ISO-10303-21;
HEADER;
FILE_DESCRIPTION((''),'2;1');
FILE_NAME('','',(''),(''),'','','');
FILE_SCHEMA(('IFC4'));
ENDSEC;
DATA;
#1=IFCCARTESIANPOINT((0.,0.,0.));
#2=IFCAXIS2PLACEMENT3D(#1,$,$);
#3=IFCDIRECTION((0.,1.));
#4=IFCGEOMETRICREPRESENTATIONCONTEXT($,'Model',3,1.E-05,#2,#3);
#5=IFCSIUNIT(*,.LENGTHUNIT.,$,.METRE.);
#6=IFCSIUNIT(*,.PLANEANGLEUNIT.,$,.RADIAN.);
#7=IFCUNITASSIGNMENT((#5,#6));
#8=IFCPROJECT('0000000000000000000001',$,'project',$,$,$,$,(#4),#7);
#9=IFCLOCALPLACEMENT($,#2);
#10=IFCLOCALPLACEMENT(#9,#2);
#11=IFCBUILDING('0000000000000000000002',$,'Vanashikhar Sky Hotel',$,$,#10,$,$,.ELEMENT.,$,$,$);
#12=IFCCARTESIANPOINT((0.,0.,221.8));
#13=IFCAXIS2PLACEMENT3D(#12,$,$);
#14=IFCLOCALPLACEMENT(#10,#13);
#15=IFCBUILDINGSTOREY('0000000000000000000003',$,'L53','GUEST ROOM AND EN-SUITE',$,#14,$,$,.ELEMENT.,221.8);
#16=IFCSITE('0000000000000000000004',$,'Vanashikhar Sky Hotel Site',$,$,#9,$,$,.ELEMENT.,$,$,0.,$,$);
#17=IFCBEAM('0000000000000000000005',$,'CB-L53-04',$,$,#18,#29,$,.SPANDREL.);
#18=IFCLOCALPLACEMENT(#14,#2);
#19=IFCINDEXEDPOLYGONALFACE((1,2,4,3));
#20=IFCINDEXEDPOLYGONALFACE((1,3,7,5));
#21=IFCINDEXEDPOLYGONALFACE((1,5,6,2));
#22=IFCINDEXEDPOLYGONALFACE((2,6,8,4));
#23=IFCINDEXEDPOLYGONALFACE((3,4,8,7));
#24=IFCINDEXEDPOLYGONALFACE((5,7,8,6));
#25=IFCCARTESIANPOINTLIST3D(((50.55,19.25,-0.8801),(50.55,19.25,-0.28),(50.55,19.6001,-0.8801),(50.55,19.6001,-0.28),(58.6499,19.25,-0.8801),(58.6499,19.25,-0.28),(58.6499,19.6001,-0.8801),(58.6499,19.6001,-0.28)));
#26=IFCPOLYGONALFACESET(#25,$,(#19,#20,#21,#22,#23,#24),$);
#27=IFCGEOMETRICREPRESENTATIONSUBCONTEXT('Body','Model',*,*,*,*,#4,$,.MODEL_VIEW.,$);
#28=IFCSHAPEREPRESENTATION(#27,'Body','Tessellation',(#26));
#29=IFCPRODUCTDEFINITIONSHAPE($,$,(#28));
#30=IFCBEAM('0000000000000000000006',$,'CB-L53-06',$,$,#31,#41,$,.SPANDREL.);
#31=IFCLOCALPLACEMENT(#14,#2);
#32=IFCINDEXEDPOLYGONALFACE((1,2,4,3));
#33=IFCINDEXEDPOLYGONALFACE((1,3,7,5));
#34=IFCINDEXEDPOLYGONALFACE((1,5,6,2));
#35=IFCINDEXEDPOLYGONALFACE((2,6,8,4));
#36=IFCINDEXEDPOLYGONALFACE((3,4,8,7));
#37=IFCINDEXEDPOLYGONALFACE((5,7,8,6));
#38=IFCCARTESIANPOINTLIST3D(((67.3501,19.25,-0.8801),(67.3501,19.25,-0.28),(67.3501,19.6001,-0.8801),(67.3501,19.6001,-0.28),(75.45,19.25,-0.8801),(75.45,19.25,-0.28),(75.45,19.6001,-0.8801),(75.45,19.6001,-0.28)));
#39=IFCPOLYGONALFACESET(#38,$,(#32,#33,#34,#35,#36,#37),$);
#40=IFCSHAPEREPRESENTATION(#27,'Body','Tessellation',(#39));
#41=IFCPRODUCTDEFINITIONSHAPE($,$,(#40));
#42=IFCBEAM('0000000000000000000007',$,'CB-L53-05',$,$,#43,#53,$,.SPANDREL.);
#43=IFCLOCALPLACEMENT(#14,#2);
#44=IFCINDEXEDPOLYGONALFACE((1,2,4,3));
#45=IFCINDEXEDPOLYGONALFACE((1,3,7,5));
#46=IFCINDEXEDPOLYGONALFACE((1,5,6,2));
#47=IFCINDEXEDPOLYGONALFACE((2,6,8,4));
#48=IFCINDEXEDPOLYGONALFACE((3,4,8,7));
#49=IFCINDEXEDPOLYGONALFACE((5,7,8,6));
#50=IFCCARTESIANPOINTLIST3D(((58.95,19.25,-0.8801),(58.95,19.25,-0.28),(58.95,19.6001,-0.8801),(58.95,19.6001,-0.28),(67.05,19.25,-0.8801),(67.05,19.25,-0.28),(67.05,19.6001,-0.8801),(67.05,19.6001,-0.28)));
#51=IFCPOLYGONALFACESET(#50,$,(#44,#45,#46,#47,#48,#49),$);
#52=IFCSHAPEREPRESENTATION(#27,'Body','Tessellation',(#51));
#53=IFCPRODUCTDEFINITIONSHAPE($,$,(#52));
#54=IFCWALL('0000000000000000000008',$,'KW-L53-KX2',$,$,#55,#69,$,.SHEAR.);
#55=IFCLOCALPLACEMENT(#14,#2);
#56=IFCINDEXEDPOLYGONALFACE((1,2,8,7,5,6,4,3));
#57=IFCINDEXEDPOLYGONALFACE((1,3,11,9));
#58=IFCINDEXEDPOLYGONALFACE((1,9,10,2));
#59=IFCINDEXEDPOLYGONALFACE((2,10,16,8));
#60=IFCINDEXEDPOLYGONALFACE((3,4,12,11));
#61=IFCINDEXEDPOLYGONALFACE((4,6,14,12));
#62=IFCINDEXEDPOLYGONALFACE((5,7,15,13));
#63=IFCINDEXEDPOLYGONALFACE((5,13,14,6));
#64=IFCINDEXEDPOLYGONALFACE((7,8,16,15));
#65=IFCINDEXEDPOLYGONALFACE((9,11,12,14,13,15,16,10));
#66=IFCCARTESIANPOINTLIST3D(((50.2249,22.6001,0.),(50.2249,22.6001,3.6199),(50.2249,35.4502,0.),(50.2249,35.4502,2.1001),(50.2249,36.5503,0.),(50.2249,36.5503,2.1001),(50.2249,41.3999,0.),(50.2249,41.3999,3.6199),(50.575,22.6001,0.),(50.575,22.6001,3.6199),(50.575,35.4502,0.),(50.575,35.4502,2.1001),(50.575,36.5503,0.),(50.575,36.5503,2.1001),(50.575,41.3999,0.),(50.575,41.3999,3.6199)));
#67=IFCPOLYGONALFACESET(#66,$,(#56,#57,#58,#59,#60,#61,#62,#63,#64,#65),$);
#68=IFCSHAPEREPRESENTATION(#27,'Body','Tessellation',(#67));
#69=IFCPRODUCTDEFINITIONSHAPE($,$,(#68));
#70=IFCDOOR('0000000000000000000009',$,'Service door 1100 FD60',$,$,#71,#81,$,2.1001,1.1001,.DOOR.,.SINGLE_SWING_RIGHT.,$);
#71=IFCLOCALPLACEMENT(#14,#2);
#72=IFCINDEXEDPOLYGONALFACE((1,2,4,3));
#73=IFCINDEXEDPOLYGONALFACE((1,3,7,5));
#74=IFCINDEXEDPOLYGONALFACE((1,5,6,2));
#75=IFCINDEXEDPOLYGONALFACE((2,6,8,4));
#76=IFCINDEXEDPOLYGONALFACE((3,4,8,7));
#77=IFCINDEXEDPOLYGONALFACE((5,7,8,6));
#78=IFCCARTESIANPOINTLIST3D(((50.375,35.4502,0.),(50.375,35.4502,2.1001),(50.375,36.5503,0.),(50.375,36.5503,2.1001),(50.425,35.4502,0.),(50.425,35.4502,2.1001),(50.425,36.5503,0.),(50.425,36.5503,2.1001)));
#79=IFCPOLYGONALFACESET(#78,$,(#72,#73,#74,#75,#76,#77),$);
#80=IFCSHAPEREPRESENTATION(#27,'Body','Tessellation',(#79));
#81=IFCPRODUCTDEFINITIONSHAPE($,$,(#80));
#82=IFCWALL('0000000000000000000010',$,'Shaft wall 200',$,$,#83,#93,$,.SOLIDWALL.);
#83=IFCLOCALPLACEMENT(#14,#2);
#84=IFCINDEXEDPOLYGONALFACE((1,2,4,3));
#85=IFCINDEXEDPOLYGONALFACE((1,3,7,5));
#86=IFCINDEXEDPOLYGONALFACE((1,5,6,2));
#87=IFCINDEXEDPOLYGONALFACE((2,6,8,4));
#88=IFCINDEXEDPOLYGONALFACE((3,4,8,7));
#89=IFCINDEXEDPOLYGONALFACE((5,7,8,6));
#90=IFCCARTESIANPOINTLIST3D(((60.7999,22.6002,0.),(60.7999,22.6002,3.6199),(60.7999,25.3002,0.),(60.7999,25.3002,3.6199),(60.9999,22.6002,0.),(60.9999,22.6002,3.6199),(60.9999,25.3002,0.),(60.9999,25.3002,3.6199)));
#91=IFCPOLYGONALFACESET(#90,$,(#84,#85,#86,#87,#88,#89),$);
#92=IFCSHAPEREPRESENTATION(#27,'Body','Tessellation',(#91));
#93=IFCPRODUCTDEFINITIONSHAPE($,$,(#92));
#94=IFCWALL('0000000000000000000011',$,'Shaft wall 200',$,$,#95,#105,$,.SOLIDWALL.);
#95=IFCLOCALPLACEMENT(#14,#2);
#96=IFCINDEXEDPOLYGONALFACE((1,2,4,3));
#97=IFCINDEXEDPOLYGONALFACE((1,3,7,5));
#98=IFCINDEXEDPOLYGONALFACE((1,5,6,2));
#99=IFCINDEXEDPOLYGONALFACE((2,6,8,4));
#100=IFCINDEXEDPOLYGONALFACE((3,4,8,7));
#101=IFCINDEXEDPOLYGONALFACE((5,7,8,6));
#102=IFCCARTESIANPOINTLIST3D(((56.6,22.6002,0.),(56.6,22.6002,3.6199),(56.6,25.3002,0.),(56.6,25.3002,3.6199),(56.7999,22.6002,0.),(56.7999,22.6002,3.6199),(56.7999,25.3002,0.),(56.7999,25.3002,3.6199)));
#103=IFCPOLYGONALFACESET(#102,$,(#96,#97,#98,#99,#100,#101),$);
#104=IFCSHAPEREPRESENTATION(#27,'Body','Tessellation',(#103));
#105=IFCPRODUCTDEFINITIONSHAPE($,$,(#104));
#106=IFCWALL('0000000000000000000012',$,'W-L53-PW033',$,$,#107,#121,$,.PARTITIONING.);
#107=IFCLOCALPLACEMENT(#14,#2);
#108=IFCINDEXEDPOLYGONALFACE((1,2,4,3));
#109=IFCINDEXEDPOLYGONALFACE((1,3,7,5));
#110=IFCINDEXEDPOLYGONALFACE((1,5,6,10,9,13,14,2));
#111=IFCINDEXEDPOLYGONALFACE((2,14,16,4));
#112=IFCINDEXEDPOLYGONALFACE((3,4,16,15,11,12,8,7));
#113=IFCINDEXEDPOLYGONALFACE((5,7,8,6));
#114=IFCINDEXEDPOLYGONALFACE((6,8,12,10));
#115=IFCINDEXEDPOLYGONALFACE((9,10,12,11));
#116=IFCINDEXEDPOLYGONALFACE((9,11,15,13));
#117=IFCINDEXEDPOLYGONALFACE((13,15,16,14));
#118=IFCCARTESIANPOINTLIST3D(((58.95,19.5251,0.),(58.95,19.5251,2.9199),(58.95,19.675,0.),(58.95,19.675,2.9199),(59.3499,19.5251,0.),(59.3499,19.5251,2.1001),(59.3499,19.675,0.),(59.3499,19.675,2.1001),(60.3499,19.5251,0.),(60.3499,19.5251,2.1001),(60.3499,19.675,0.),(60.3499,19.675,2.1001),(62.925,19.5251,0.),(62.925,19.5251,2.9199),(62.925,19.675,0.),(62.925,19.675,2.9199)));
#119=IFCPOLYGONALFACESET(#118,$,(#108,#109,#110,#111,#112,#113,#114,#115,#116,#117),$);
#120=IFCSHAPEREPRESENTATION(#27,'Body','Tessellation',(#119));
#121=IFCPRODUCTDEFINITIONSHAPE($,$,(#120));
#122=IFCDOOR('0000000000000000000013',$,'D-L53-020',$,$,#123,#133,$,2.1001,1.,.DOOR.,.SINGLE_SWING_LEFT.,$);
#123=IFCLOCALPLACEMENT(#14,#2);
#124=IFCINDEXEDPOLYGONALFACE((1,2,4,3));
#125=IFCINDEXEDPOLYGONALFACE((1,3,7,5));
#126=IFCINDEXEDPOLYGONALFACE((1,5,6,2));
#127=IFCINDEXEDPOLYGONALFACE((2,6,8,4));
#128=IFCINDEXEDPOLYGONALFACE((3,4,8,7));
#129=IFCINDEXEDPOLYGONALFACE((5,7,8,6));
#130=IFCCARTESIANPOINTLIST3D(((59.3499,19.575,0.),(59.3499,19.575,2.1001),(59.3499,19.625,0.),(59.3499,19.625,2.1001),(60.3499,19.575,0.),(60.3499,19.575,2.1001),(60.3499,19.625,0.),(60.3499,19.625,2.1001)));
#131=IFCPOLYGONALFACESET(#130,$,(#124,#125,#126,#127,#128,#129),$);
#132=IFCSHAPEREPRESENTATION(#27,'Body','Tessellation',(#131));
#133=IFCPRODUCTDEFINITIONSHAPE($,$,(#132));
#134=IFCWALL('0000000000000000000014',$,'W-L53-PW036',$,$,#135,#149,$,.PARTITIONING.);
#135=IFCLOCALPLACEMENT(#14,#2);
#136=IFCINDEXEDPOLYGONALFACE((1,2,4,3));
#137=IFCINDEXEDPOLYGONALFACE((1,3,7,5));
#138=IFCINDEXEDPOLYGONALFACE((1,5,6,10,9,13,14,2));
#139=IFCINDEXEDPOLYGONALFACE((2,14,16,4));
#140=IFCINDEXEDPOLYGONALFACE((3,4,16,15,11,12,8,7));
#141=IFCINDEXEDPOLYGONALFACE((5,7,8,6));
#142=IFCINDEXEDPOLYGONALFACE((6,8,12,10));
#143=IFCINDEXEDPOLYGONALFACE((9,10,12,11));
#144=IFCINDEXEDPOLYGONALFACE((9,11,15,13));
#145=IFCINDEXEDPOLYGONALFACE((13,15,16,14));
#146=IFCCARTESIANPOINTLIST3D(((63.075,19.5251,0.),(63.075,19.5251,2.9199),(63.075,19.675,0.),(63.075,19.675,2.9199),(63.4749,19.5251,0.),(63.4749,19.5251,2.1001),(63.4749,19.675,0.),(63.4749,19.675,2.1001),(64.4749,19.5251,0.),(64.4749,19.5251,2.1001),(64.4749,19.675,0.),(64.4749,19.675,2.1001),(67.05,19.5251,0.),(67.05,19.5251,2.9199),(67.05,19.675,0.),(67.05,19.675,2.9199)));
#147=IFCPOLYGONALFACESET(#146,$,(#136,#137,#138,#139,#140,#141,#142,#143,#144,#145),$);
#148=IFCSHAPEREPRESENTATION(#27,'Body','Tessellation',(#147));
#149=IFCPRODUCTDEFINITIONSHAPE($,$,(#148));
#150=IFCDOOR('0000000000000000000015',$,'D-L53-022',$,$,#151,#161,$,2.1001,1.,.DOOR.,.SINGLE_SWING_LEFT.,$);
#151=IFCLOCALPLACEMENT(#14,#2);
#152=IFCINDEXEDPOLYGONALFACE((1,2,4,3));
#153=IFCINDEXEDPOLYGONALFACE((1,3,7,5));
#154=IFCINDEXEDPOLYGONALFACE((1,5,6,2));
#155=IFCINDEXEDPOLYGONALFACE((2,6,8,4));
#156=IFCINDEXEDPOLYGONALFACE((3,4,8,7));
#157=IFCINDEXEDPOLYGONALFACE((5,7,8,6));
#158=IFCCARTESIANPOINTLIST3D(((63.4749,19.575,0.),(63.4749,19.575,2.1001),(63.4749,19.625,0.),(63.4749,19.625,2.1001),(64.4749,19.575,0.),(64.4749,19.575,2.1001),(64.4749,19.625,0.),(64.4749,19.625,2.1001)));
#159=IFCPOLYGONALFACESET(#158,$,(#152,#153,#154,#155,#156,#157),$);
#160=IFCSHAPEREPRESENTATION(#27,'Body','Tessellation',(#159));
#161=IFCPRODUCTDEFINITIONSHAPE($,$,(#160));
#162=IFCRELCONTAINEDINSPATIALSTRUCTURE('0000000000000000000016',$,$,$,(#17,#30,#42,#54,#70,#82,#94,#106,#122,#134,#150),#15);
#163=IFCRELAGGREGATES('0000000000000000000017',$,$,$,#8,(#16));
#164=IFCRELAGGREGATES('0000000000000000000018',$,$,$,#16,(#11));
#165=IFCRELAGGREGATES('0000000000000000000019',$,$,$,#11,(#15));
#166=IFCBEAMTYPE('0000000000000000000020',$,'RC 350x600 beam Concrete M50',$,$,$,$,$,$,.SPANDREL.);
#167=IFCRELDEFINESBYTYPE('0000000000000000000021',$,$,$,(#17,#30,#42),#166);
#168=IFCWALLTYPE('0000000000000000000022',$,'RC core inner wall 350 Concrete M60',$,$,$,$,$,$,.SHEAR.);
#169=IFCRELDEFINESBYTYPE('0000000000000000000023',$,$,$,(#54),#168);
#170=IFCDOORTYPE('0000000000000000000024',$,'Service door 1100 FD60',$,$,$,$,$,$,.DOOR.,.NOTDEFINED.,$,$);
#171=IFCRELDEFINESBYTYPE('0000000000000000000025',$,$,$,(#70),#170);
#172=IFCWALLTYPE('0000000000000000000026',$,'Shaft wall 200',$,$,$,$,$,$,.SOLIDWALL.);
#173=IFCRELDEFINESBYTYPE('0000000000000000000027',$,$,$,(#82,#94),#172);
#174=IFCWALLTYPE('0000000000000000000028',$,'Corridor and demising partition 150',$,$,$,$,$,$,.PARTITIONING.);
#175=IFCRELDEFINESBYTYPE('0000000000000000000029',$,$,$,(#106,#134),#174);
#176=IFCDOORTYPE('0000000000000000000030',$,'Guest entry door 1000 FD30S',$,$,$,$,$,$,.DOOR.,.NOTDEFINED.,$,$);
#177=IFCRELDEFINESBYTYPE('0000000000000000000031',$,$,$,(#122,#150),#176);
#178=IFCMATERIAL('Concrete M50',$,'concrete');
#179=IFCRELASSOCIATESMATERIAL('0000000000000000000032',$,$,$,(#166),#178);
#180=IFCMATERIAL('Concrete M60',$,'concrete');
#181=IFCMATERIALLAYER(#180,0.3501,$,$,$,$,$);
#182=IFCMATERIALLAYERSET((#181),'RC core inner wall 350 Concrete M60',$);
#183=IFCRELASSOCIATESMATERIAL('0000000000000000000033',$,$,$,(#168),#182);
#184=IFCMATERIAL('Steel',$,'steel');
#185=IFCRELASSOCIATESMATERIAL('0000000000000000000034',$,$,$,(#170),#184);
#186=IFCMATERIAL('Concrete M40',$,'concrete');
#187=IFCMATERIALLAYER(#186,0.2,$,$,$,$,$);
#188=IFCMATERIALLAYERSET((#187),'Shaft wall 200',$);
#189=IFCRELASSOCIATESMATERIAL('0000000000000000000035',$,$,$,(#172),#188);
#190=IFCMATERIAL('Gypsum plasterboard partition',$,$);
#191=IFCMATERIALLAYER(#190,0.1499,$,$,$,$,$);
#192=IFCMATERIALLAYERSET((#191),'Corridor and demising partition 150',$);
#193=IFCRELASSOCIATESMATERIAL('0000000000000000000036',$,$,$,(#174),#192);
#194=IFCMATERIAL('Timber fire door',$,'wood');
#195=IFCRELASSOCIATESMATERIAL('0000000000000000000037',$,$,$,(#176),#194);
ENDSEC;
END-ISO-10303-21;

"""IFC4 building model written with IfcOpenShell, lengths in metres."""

from ifc_helpers import new_model, si_unit, direction, frame, frame_2d, origin, origin_2d, place, context, subcontext, project, spatial, rectangle, extrude, source, transform, mapped, material, layer, layer_set, material_profile, profile_set, type_object, element, fill, save


model = new_model("IFC4")

# Units and contexts
model_context = context("Model", 3, precision=1e-05, world=origin(), true_north=direction((0.0, 1.0)))
body_context = subcontext(model_context, "Body", "Model", "MODEL_VIEW")
ifc_project = project(units=[si_unit("LENGTHUNIT", "METRE"), si_unit("PLANEANGLEUNIT", "RADIAN")], contexts=[model_context])

# Site, building, storey
site_placement = place(None, origin())
site = spatial("IfcSite", under=ifc_project, at=site_placement, Name="Vanashikhar Sky Hotel Site", CompositionType="ELEMENT", RefElevation=0.0)
building_placement = place(site_placement, origin())
building = spatial("IfcBuilding", under=site, at=building_placement, Name="Vanashikhar Sky Hotel", CompositionType="ELEMENT")
storey_placement = place(building_placement, frame((0.0, 0.0, 221.8)))
storey = spatial("IfcBuildingStorey", under=building, at=storey_placement, Name="L53", Description="GUEST ROOM AND EN-SUITE", CompositionType="ELEMENT", Elevation=221.8)

# Beams
ifc_material_1 = material(Name="Concrete M50", Category="concrete")
ifc_material_profile = material_profile(ifc_material_1, rectangle(XDim=0.3501, YDim=0.6001, at=origin_2d()))
ifc_profile_set = profile_set([ifc_material_profile], Name="RC 350x600 beam Concrete M50")
beam_type = type_object("IfcBeamType", Name="RC 350x600 beam Concrete M50", PredefinedType="SPANDREL", material=ifc_profile_set)
shared_shape_1 = source(origin(), body_context, "Body", "SweptSolid", [
    extrude(rectangle(XDim=0.3501, YDim=0.6001, at=origin_2d()), origin(), (0.0, 0.0, 1.0), 8.0999),
])
for number, where, z_axis, x_axis, name in (
    (1, (50.55, 19.425, -0.5801), (1.0, 0.0, 0.0), (0.0, 1.0, 0.0), "CB-L53-04"),
    (2, (67.3501, 19.425, -0.5801), (1.0, 0.0, 0.0), (0.0, 1.0, 0.0), "CB-L53-06"),
):
    element("IfcBeam", number, at=place(storey_placement, frame(where, z_axis=z_axis, x_axis=x_axis)), inside=storey, type_object=beam_type, Name=name, PredefinedType="SPANDREL", context=body_context, shape_type="MappedRepresentation", body=[
        mapped(shared_shape_1, transform((0.0, 0.0, 0.0), scale=1.0)),
    ])
shared_shape_2 = source(origin(), body_context, "Body", "SweptSolid", [
    extrude(rectangle(XDim=0.3501, YDim=0.6001, at=origin_2d()), origin(), (0.0, 0.0, 1.0), 8.1001),
])
beam_placement = place(storey_placement, frame((58.95, 19.425, -0.5801), z_axis=(1.0, 0.0, 0.0), x_axis=(0.0, 1.0, 0.0)))
element("IfcBeam", 3, at=beam_placement, inside=storey, type_object=beam_type, Name="CB-L53-05", PredefinedType="SPANDREL", context=body_context, shape_type="MappedRepresentation", body=[
    mapped(shared_shape_2, transform((0.0, 0.0, 0.0), scale=1.0)),
])

# Wall, opening, door
ifc_material_2 = material(Name="Concrete M60", Category="concrete")
ifc_layer_1 = layer(ifc_material_2, 0.3501)
ifc_layer_set_1 = layer_set([ifc_layer_1], Name="RC core inner wall 350 Concrete M60")
wall_type_1 = type_object("IfcWallType", Name="RC core inner wall 350 Concrete M60", PredefinedType="SHEAR", material=ifc_layer_set_1)
shared_shape_3 = source(origin(), body_context, "Body", "SweptSolid", [
    extrude(rectangle(XDim=18.7998, YDim=0.3501, at=frame_2d((9.3999, 0.0))), origin(), (0.0, 0.0, 1.0), 3.6199),
])
wall_1_placement = place(storey_placement, frame((50.3999, 22.6001, 0.0), z_axis=(0.0, 0.0, 1.0), x_axis=(0.0, 1.0, 0.0)))
wall_1 = element("IfcWall", 4, at=wall_1_placement, inside=storey, type_object=wall_type_1, Name="KW-L53-KX2", PredefinedType="SHEAR", context=body_context, shape_type="MappedRepresentation", body=[
    mapped(shared_shape_3, transform((0.0, 0.0, 0.0), scale=1.0)),
])
shared_shape_4 = source(origin(), body_context, "Body", "SweptSolid", [
    extrude(rectangle(XDim=1.1001, YDim=2.1001, at=frame_2d((0.55, 1.05))), frame((0.0, 0.1851, 0.0), z_axis=(0.0, -1.0, 0.0), x_axis=(1.0, 0.0, 0.0)), (0.0, 0.0, 1.0), 0.3701),
])
opening_1_placement = place(wall_1_placement, frame((12.8501, 0.0, 0.0)))
opening_1 = element("IfcOpeningElement", 5, at=opening_1_placement, cuts=wall_1, PredefinedType="OPENING", context=body_context, shape_type="MappedRepresentation", body=[
    mapped(shared_shape_4, transform((0.0, 0.0, 0.0), scale=1.0)),
])
ifc_material_3 = material(Name="Steel", Category="steel")
door_type_1 = type_object("IfcDoorType", Name="Service door 1100 FD60", OperationType="NOTDEFINED", PredefinedType="DOOR", material=ifc_material_3)
shared_shape_5 = source(origin(), body_context, "Body", "SweptSolid", [
    extrude(rectangle(XDim=1.1001, YDim=2.1001, at=frame_2d((0.55, 1.05))), frame((0.0, 0.0249, 0.0), z_axis=(0.0, -1.0, 0.0), x_axis=(1.0, 0.0, 0.0)), (0.0, 0.0, 1.0), 0.05),
])
door_1_placement = place(opening_1_placement, origin())
door_1 = element("IfcDoor", 6, at=door_1_placement, inside=storey, type_object=door_type_1, Name="Service door 1100 FD60", OperationType="SINGLE_SWING_RIGHT", OverallHeight=2.1001, OverallWidth=1.1001, PredefinedType="DOOR", context=body_context, shape_type="MappedRepresentation", body=[
    mapped(shared_shape_5, transform((0.0, 0.0, 0.0), scale=1.0)),
])
fill(opening_1, door_1)

# Walls
ifc_material_4 = material(Name="Concrete M40", Category="concrete")
ifc_layer_2 = layer(ifc_material_4, 0.2)
ifc_layer_set_2 = layer_set([ifc_layer_2], Name="Shaft wall 200")
wall_type_2 = type_object("IfcWallType", Name="Shaft wall 200", PredefinedType="SOLIDWALL", material=ifc_layer_set_2)
shared_shape_6 = source(origin(), body_context, "Body", "SweptSolid", [
    extrude(rectangle(XDim=2.7, YDim=0.2, at=frame_2d((1.3501, 0.0))), origin(), (0.0, 0.0, 1.0), 3.6199),
])
for number, where, z_axis, x_axis, name in (
    (7, (60.8999, 22.6001, 0.0), (0.0, 0.0, 1.0), (0.0, 1.0, 0.0), "Shaft wall 200"),
    (8, (56.7, 22.6001, 0.0), (0.0, 0.0, 1.0), (0.0, 1.0, 0.0), "Shaft wall 200"),
):
    element("IfcWall", number, at=place(storey_placement, frame(where, z_axis=z_axis, x_axis=x_axis)), inside=storey, type_object=wall_type_2, Name=name, PredefinedType="SOLIDWALL", context=body_context, shape_type="MappedRepresentation", body=[
        mapped(shared_shape_6, transform((0.0, 0.0, 0.0), scale=1.0)),
    ])

# Walls, openings, doors
ifc_material_5 = material(Name="Gypsum plasterboard partition")
ifc_layer_3 = layer(ifc_material_5, 0.1499)
ifc_layer_set_3 = layer_set([ifc_layer_3], Name="Corridor and demising partition 150")
wall_type_3 = type_object("IfcWallType", Name="Corridor and demising partition 150", PredefinedType="PARTITIONING", material=ifc_layer_set_3)
shared_shape_7 = source(origin(), body_context, "Body", "SweptSolid", [
    extrude(rectangle(XDim=3.9751, YDim=0.1499, at=frame_2d((1.9875, 0.0))), origin(), (0.0, 0.0, 1.0), 2.9199),
])
wall_2_placement = place(storey_placement, frame((58.95, 19.6001, 0.0), z_axis=(0.0, 0.0, 1.0), x_axis=(1.0, 0.0, 0.0)))
wall_2 = element("IfcWall", 9, at=wall_2_placement, inside=storey, type_object=wall_type_3, Name="W-L53-PW033", PredefinedType="PARTITIONING", context=body_context, shape_type="MappedRepresentation", body=[
    mapped(shared_shape_7, transform((0.0, 0.0, 0.0), scale=1.0)),
])
shared_shape_8 = source(origin(), body_context, "Body", "SweptSolid", [
    extrude(rectangle(XDim=1.0, YDim=2.1001, at=frame_2d((0.5, 1.05))), frame((0.0, 0.085, 0.0), z_axis=(0.0, -1.0, 0.0), x_axis=(1.0, 0.0, 0.0)), (0.0, 0.0, 1.0), 0.1699),
])
opening_2_placement = place(wall_2_placement, frame((0.3999, 0.0, 0.0)))
opening_2 = element("IfcOpeningElement", 10, at=opening_2_placement, cuts=wall_2, PredefinedType="OPENING", context=body_context, shape_type="MappedRepresentation", body=[
    mapped(shared_shape_8, transform((0.0, 0.0, 0.0), scale=1.0)),
])
ifc_material_6 = material(Name="Timber fire door", Category="wood")
door_type_2 = type_object("IfcDoorType", Name="Guest entry door 1000 FD30S", OperationType="NOTDEFINED", PredefinedType="DOOR", material=ifc_material_6)
shared_shape_9 = source(origin(), body_context, "Body", "SweptSolid", [
    extrude(rectangle(XDim=1.0, YDim=2.1001, at=frame_2d((0.5, 1.05))), frame((0.0, 0.0249, 0.0), z_axis=(0.0, -1.0, 0.0), x_axis=(1.0, 0.0, 0.0)), (0.0, 0.0, 1.0), 0.05),
])
door_2_placement = place(opening_2_placement, origin())
door_2 = element("IfcDoor", 11, at=door_2_placement, inside=storey, type_object=door_type_2, Name="D-L53-020", OperationType="SINGLE_SWING_LEFT", OverallHeight=2.1001, OverallWidth=1.0, PredefinedType="DOOR", context=body_context, shape_type="MappedRepresentation", body=[
    mapped(shared_shape_9, transform((0.0, 0.0, 0.0), scale=1.0)),
])
fill(opening_2, door_2)
wall_3_placement = place(storey_placement, frame((63.075, 19.6001, 0.0), z_axis=(0.0, 0.0, 1.0), x_axis=(1.0, 0.0, 0.0)))
wall_3 = element("IfcWall", 12, at=wall_3_placement, inside=storey, type_object=wall_type_3, Name="W-L53-PW036", PredefinedType="PARTITIONING", context=body_context, shape_type="MappedRepresentation", body=[
    mapped(shared_shape_7, transform((0.0, 0.0, 0.0), scale=1.0)),
])
opening_3_placement = place(wall_3_placement, frame((0.3999, 0.0, 0.0)))
opening_3 = element("IfcOpeningElement", 13, at=opening_3_placement, cuts=wall_3, PredefinedType="OPENING", context=body_context, shape_type="MappedRepresentation", body=[
    mapped(shared_shape_8, transform((0.0, 0.0, 0.0), scale=1.0)),
])
door_3_placement = place(opening_3_placement, origin())
door_3 = element("IfcDoor", 14, at=door_3_placement, inside=storey, type_object=door_type_2, Name="D-L53-022", OperationType="SINGLE_SWING_LEFT", OverallHeight=2.1001, OverallWidth=1.0, PredefinedType="DOOR", context=body_context, shape_type="MappedRepresentation", body=[
    mapped(shared_shape_9, transform((0.0, 0.0, 0.0), scale=1.0)),
])
fill(opening_3, door_3)

save(model, "model.ifc")
